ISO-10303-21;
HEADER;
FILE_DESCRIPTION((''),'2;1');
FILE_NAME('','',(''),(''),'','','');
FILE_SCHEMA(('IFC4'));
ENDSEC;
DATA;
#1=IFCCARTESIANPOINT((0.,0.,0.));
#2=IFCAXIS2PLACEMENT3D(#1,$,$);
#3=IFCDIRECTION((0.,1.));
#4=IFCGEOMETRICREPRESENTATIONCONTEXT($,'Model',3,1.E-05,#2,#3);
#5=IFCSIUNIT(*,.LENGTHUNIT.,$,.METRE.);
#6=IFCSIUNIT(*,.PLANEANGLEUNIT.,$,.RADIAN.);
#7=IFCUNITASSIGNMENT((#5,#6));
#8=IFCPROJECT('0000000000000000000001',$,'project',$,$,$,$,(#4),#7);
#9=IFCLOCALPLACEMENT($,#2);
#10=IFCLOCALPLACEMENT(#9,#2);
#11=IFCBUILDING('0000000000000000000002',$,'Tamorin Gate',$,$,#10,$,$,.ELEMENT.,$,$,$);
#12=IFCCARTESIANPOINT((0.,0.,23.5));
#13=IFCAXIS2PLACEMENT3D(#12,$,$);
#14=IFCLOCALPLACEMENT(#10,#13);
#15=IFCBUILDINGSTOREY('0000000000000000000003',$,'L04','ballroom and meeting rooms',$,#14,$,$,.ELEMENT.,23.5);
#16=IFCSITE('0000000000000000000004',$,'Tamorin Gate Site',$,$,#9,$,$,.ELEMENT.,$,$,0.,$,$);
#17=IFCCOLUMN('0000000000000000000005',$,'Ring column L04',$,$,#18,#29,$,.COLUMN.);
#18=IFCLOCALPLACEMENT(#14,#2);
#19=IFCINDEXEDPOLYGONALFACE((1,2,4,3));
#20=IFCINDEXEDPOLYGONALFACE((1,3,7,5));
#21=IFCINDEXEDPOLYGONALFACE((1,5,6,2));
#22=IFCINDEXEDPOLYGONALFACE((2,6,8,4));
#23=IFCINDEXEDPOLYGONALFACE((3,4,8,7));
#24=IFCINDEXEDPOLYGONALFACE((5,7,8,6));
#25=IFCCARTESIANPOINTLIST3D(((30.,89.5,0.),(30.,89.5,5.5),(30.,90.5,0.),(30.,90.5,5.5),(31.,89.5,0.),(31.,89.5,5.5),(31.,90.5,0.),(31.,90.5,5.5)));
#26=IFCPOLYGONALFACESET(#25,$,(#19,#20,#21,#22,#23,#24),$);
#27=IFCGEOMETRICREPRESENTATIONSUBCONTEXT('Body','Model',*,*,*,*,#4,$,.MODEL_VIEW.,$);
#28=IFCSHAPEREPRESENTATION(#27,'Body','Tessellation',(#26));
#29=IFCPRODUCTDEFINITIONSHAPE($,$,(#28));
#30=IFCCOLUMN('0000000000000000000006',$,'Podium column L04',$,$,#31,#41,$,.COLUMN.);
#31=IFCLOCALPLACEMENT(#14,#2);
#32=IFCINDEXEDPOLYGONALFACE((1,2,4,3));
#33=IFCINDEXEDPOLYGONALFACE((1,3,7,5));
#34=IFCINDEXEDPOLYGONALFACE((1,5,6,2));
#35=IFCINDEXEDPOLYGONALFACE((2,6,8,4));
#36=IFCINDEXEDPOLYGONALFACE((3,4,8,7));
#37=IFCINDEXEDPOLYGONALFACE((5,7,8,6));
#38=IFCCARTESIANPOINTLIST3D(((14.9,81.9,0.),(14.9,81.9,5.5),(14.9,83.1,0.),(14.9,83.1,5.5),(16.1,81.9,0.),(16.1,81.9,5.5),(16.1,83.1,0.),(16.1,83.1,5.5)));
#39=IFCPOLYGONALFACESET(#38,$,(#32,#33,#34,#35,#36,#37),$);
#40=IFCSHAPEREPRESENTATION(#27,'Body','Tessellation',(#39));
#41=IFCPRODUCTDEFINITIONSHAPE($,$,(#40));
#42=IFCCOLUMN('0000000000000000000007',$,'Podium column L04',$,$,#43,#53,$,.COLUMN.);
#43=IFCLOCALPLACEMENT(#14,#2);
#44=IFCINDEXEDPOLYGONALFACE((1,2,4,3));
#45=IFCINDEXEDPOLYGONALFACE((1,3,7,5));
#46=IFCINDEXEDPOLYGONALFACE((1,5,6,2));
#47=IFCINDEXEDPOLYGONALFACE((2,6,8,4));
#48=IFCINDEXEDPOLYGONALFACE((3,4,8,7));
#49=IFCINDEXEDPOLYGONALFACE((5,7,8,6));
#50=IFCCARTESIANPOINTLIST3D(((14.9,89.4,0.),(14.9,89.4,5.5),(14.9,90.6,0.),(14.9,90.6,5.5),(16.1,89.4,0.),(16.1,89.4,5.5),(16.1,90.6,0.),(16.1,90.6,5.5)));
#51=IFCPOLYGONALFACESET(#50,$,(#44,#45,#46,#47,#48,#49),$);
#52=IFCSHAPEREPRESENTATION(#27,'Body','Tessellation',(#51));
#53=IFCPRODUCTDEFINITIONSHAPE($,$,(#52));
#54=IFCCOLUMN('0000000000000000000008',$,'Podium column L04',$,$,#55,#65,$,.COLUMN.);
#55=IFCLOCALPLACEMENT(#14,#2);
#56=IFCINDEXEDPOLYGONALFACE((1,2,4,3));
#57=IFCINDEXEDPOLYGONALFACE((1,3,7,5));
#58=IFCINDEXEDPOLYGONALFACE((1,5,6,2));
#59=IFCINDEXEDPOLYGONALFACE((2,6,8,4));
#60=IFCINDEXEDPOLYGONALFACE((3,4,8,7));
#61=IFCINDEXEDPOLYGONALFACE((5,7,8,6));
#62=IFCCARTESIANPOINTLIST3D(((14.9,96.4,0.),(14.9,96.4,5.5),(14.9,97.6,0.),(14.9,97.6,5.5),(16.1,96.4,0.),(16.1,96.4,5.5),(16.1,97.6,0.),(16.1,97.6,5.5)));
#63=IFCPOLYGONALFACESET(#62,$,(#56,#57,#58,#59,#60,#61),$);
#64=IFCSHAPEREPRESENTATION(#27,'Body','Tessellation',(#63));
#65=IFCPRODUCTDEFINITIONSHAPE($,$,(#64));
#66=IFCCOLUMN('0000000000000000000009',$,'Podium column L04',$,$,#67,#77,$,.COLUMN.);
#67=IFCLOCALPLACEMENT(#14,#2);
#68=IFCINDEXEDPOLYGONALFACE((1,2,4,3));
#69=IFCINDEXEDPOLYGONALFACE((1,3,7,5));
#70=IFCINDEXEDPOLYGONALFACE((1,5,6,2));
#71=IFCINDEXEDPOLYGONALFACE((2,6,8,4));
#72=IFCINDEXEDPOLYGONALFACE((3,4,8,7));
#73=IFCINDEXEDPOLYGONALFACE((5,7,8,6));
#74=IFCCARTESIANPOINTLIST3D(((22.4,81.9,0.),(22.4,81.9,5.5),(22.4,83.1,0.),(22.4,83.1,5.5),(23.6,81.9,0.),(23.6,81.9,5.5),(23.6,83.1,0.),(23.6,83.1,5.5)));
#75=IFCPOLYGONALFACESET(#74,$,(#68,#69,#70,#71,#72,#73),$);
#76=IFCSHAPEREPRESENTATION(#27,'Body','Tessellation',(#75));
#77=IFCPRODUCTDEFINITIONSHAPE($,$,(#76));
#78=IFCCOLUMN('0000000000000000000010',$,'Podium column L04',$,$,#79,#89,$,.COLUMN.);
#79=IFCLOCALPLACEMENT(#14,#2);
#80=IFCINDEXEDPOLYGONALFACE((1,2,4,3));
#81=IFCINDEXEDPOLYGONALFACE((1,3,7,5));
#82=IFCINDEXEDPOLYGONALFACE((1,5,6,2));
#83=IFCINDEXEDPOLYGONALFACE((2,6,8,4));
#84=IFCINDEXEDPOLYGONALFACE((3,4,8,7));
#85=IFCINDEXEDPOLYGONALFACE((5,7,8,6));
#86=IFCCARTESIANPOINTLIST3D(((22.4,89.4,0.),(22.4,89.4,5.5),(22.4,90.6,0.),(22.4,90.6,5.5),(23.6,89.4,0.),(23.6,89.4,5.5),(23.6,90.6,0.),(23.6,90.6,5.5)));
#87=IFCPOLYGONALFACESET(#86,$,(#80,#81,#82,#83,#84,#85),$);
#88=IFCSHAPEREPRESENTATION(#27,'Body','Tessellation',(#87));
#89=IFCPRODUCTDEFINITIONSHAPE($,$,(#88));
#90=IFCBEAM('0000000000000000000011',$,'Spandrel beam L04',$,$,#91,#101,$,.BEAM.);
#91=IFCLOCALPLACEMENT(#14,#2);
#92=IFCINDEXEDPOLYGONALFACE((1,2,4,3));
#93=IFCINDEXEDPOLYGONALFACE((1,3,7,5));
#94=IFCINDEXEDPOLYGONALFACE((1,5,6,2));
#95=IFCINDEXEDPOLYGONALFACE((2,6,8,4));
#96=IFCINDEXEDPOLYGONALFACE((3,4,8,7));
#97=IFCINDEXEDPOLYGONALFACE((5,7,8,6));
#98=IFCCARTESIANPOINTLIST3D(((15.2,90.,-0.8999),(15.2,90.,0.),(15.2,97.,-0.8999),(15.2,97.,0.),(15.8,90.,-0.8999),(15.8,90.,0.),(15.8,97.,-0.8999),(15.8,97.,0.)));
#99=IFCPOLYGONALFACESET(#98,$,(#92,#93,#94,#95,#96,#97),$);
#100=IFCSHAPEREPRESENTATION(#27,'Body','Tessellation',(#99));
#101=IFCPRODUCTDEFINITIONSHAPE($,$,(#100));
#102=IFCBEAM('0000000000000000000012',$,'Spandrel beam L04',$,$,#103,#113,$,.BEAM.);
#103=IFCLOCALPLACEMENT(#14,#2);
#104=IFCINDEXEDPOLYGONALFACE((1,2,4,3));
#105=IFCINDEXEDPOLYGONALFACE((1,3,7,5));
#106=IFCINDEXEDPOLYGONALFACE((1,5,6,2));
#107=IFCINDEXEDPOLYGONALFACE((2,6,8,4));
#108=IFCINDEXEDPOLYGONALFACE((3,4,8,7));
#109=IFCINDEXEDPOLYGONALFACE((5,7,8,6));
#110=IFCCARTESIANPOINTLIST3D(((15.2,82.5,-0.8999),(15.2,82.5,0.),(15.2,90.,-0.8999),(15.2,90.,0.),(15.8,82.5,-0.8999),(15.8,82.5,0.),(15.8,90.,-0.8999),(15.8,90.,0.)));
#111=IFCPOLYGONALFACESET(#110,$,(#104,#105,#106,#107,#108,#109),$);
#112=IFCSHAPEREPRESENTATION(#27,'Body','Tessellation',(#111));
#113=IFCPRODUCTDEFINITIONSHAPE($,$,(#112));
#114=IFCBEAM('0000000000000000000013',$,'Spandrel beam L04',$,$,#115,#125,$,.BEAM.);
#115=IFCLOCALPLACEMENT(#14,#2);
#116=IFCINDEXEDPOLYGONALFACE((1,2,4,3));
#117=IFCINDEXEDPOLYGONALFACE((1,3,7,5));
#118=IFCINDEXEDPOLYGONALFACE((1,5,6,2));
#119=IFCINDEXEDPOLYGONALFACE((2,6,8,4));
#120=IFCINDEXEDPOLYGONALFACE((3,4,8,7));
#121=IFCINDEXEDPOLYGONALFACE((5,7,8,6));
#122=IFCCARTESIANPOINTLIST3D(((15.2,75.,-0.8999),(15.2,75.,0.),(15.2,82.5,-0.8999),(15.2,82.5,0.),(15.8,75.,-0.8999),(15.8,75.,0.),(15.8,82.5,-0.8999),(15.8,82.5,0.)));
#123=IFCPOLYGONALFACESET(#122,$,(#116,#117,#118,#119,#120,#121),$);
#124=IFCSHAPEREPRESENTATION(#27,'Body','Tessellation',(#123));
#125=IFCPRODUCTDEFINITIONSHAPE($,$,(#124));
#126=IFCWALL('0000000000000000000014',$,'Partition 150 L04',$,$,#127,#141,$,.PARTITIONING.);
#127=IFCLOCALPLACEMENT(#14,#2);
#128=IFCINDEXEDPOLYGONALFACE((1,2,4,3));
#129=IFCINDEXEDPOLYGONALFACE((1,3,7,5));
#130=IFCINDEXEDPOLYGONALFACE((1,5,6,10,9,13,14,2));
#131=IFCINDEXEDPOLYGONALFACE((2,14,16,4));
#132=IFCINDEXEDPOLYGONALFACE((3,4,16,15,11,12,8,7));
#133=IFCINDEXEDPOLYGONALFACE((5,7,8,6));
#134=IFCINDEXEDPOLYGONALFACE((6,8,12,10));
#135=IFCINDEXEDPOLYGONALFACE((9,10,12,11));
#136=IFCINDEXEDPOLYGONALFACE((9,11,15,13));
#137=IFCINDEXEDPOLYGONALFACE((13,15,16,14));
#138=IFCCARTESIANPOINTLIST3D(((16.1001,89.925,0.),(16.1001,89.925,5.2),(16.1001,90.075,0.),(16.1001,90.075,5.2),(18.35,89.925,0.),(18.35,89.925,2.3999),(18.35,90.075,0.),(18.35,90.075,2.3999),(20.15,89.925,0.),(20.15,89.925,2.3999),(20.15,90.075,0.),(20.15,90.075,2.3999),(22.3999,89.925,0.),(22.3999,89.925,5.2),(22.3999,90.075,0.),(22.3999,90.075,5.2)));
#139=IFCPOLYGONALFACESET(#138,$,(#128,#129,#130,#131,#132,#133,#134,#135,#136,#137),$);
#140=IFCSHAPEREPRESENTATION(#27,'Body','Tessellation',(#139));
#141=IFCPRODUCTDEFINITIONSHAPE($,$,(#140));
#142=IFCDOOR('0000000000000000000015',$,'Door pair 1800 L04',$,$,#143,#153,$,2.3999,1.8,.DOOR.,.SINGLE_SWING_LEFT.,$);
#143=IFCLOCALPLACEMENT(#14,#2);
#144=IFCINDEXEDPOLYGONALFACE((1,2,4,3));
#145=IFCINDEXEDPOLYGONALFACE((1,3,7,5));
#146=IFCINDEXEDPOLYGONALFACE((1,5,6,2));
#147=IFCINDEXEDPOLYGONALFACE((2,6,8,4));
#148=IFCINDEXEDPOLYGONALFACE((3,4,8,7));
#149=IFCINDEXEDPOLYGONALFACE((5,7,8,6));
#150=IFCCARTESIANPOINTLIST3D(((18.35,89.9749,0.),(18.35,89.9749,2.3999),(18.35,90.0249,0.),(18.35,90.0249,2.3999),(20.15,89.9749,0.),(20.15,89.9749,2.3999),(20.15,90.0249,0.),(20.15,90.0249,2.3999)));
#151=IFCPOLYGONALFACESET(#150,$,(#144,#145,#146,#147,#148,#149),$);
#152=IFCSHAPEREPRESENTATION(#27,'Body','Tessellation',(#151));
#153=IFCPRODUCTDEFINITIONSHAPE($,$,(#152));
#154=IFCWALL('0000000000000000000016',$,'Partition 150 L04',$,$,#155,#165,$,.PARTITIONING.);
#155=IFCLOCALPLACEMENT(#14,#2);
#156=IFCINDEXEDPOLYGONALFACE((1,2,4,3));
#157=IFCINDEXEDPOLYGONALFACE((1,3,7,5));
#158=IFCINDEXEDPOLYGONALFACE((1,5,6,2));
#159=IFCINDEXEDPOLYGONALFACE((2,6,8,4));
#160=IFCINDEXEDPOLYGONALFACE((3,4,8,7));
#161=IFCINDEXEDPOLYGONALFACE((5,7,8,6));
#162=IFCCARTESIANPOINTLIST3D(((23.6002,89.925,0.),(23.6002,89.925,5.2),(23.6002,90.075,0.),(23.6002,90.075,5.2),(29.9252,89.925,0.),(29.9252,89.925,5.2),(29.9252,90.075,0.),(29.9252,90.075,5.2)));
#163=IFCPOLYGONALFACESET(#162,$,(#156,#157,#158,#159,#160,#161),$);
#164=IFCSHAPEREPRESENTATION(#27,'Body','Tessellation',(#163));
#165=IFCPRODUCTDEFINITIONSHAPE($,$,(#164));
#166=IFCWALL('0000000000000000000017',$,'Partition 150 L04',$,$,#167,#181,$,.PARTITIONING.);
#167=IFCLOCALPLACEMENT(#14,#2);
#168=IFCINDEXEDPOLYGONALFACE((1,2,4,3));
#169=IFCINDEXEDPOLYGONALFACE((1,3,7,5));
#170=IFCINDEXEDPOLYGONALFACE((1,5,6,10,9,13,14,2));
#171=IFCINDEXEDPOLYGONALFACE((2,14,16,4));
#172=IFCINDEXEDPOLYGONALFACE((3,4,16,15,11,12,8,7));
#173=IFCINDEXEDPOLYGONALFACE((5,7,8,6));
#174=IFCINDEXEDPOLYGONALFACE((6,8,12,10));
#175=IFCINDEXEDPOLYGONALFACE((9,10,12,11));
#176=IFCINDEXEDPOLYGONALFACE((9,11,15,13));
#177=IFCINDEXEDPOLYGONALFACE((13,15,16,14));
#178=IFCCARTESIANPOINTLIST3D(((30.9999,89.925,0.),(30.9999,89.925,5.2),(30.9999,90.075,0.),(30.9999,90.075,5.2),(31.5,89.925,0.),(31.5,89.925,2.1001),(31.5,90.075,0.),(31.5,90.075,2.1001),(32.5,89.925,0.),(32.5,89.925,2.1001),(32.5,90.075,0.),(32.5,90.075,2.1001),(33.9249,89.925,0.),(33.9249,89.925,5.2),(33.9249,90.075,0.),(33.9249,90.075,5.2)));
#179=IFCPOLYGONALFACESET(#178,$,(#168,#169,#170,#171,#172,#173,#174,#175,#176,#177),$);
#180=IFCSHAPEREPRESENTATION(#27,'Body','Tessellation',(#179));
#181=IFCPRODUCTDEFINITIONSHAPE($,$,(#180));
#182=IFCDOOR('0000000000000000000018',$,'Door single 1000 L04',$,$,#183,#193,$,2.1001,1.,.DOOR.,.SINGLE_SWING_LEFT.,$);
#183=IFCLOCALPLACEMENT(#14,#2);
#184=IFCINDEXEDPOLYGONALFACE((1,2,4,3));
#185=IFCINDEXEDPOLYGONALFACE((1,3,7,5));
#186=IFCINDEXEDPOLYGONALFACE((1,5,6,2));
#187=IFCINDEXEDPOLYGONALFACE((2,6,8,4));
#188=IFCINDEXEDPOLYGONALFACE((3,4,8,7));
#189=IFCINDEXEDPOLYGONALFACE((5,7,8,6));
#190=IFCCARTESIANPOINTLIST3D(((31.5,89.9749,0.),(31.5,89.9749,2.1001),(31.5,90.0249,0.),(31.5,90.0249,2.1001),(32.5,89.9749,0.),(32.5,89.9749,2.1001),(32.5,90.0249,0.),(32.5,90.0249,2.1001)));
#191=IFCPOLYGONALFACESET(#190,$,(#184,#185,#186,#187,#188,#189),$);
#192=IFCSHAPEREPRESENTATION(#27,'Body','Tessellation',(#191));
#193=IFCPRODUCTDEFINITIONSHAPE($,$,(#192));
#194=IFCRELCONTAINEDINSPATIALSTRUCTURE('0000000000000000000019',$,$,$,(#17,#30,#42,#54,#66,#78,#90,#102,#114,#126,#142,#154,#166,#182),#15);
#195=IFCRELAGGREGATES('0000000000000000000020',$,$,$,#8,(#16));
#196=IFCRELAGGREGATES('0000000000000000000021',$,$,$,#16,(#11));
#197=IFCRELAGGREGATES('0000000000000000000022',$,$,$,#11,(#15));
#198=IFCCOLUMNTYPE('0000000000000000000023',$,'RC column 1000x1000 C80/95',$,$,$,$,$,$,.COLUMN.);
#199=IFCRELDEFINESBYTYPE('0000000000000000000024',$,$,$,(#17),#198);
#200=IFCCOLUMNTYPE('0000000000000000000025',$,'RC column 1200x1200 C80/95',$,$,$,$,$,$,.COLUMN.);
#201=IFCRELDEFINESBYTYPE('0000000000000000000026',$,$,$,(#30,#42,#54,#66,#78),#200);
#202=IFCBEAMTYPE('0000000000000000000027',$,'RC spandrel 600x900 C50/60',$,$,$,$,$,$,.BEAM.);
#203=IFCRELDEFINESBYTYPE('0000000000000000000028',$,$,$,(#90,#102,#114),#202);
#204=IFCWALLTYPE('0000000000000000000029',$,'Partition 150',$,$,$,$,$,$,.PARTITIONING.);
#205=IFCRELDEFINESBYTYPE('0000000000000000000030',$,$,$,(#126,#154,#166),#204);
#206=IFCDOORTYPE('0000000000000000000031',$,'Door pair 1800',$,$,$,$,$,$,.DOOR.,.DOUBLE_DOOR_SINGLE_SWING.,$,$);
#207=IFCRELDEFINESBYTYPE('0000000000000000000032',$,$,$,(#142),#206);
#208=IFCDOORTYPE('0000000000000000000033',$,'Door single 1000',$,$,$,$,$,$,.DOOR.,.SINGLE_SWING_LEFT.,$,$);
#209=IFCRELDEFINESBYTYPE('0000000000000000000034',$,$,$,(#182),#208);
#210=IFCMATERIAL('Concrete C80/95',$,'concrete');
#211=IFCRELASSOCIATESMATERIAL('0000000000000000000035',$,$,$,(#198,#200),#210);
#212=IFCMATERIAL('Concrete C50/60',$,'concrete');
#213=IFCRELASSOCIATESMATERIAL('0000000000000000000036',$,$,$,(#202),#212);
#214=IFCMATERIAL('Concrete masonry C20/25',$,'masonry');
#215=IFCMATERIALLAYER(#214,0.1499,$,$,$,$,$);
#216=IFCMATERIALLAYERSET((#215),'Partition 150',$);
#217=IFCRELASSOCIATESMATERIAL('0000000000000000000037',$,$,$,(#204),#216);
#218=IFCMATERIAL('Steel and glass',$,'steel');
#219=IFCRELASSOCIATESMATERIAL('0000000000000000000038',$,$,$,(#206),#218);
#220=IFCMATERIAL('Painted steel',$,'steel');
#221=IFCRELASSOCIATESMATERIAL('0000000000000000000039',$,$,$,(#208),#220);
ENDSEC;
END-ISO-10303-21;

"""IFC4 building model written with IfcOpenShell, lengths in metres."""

from ifc_helpers import new_model, si_unit, direction, frame, frame_2d, origin, origin_2d, place, context, subcontext, project, spatial, rectangle, extrude, material, layer, layer_set, material_profile, profile_set, type_object, element, fill, save


model = new_model("IFC4")

# Units and contexts
model_context = context("Model", 3, precision=1e-05, world=origin(), true_north=direction((0.0, 1.0)))
body_context = subcontext(model_context, "Body", "Model", "MODEL_VIEW")
ifc_project = project(units=[si_unit("LENGTHUNIT", "METRE"), si_unit("PLANEANGLEUNIT", "RADIAN")], contexts=[model_context])

# Site, building, storey
site_placement = place(None, origin())
site = spatial("IfcSite", under=ifc_project, at=site_placement, Name="Tamorin Gate Site", CompositionType="ELEMENT", RefElevation=0.0)
building_placement = place(site_placement, origin())
building = spatial("IfcBuilding", under=site, at=building_placement, Name="Tamorin Gate", CompositionType="ELEMENT")
storey_placement = place(building_placement, frame((0.0, 0.0, 23.5)))
storey = spatial("IfcBuildingStorey", under=building, at=storey_placement, Name="L04", Description="ballroom and meeting rooms", CompositionType="ELEMENT", Elevation=23.5)

# Columns
ifc_material_1 = material(Name="Concrete C80/95", Category="concrete")
ifc_material_profile_1 = material_profile(ifc_material_1, rectangle(XDim=1.0, YDim=1.0, at=origin_2d()), Name="RC 1000x1000")
ifc_profile_set_1 = profile_set([ifc_material_profile_1], Name="Concrete C80/95")
column_type_1 = type_object("IfcColumnType", Name="RC column 1000x1000 C80/95", PredefinedType="COLUMN", material=ifc_profile_set_1)
column_placement = place(storey_placement, frame((30.5, 90.0, 0.0), z_axis=(0.0, 0.0, 1.0), x_axis=(1.0, 0.0, 0.0)))
element("IfcColumn", 1, at=column_placement, inside=storey, type_object=column_type_1, Name="Ring column L04", PredefinedType="COLUMN", context=body_context, shape_type="SweptSolid", body=[
    extrude(rectangle(XDim=1.0, YDim=1.0, at=origin_2d()), origin(), (0.0, 0.0, 1.0), 5.5),
])
ifc_material_profile_2 = material_profile(ifc_material_1, rectangle(XDim=1.2, YDim=1.2, at=origin_2d()), Name="RC 1200x1200")
ifc_profile_set_2 = profile_set([ifc_material_profile_2], Name="Concrete C80/95")
column_type_2 = type_object("IfcColumnType", Name="RC column 1200x1200 C80/95", PredefinedType="COLUMN", material=ifc_profile_set_2)
for number, where, z_axis, x_axis, name in (
    (2, (15.5, 82.5, 0.0), (0.0, 0.0, 1.0), (1.0, 0.0, 0.0), "Podium column L04"),
    (3, (15.5, 90.0, 0.0), (0.0, 0.0, 1.0), (1.0, 0.0, 0.0), "Podium column L04"),
    (4, (15.5, 97.0, 0.0), (0.0, 0.0, 1.0), (1.0, 0.0, 0.0), "Podium column L04"),
    (5, (23.0, 82.5, 0.0), (0.0, 0.0, 1.0), (1.0, 0.0, 0.0), "Podium column L04"),
    (6, (23.0, 90.0, 0.0), (0.0, 0.0, 1.0), (1.0, 0.0, 0.0), "Podium column L04"),
):
    element("IfcColumn", number, at=place(storey_placement, frame(where, z_axis=z_axis, x_axis=x_axis)), inside=storey, type_object=column_type_2, Name=name, PredefinedType="COLUMN", context=body_context, shape_type="SweptSolid", body=[
        extrude(rectangle(XDim=1.2, YDim=1.2, at=origin_2d()), origin(), (0.0, 0.0, 1.0), 5.5),
    ])

# Beams
ifc_material_2 = material(Name="Concrete C50/60", Category="concrete")
ifc_material_profile_3 = material_profile(ifc_material_2, rectangle(XDim=0.6001, YDim=0.8999, at=origin_2d()), Name="RC 600x900")
ifc_profile_set_3 = profile_set([ifc_material_profile_3], Name="Concrete C50/60")
beam_type = type_object("IfcBeamType", Name="RC spandrel 600x900 C50/60", PredefinedType="BEAM", material=ifc_profile_set_3)
beam_placement = place(storey_placement, frame((15.5, 97.0, -0.45), z_axis=(0.0, -1.0, 0.0), x_axis=(1.0, 0.0, 0.0)))
element("IfcBeam", 7, at=beam_placement, inside=storey, type_object=beam_type, Name="Spandrel beam L04", PredefinedType="BEAM", context=body_context, shape_type="SweptSolid", body=[
    extrude(rectangle(XDim=0.6001, YDim=0.8999, at=origin_2d()), origin(), (0.0, 0.0, 1.0), 7.0),
])
for number, where, z_axis, x_axis, name in (
    (8, (15.5, 90.0, -0.45), (0.0, -1.0, 0.0), (1.0, 0.0, 0.0), "Spandrel beam L04"),
    (9, (15.5, 82.5, -0.45), (0.0, -1.0, 0.0), (1.0, 0.0, 0.0), "Spandrel beam L04"),
):
    element("IfcBeam", number, at=place(storey_placement, frame(where, z_axis=z_axis, x_axis=x_axis)), inside=storey, type_object=beam_type, Name=name, PredefinedType="BEAM", context=body_context, shape_type="SweptSolid", body=[
        extrude(rectangle(XDim=0.6001, YDim=0.8999, at=origin_2d()), origin(), (0.0, 0.0, 1.0), 7.5),
    ])

# Wall, opening, door
ifc_material_3 = material(Name="Concrete masonry C20/25", Category="masonry")
ifc_layer_1 = layer(ifc_material_3, 0.1499)
ifc_layer_set_1 = layer_set([ifc_layer_1], Name="Partition 150")
wall_type_1 = type_object("IfcWallType", Name="Partition 150", PredefinedType="PARTITIONING", material=ifc_layer_set_1)
wall_1_placement = place(storey_placement, frame((16.1001, 90.0, 0.0), z_axis=(0.0, 0.0, 1.0), x_axis=(1.0, 0.0, 0.0)))
wall_1 = element("IfcWall", 10, at=wall_1_placement, inside=storey, type_object=wall_type_1, Name="Partition 150 L04", PredefinedType="PARTITIONING", context=body_context, shape_type="SweptSolid", body=[
    extrude(rectangle(XDim=6.2998, YDim=0.1499, at=frame_2d((3.1499, 0.0))), origin(), (0.0, 0.0, 1.0), 5.2),
])
opening_1_placement = place(wall_1_placement, frame((2.25, 0.0, 0.0)))
opening_1 = element("IfcOpeningElement", 11, at=opening_1_placement, cuts=wall_1, PredefinedType="OPENING", context=body_context, shape_type="SweptSolid", body=[
    extrude(rectangle(XDim=1.8, YDim=2.3999, at=frame_2d((0.8999, 1.2))), frame((0.0, 0.085, 0.0), z_axis=(0.0, -1.0, 0.0), x_axis=(1.0, 0.0, 0.0)), (0.0, 0.0, 1.0), 0.1699),
])
ifc_material_4 = material(Name="Steel and glass", Category="steel")
door_type_1 = type_object("IfcDoorType", Name="Door pair 1800", OperationType="DOUBLE_DOOR_SINGLE_SWING", PredefinedType="DOOR", material=ifc_material_4)
door_1_placement = place(opening_1_placement, origin())
door_1 = element("IfcDoor", 12, at=door_1_placement, inside=storey, type_object=door_type_1, Name="Door pair 1800 L04", OperationType="SINGLE_SWING_LEFT", OverallHeight=2.3999, OverallWidth=1.8, PredefinedType="DOOR", context=body_context, shape_type="SweptSolid", body=[
    extrude(rectangle(XDim=1.8, YDim=2.3999, at=frame_2d((0.8999, 1.2))), frame((0.0, 0.0249, 0.0), z_axis=(0.0, -1.0, 0.0), x_axis=(1.0, 0.0, 0.0)), (0.0, 0.0, 1.0), 0.05),
])
fill(opening_1, door_1)

# Wall
wall_2_placement = place(storey_placement, frame((23.6001, 90.0, 0.0), z_axis=(0.0, 0.0, 1.0), x_axis=(1.0, 0.0, 0.0)))
element("IfcWall", 13, at=wall_2_placement, inside=storey, type_object=wall_type_1, Name="Partition 150 L04", PredefinedType="PARTITIONING", context=body_context, shape_type="SweptSolid", body=[
    extrude(rectangle(XDim=6.325, YDim=0.1499, at=frame_2d((3.1626, 0.0))), origin(), (0.0, 0.0, 1.0), 5.2),
])

# Wall, opening, door
wall_3_placement = place(storey_placement, frame((31.0, 90.0, 0.0), z_axis=(0.0, 0.0, 1.0), x_axis=(1.0, 0.0, 0.0)))
wall_3 = element("IfcWall", 14, at=wall_3_placement, inside=storey, type_object=wall_type_1, Name="Partition 150 L04", PredefinedType="PARTITIONING", context=body_context, shape_type="SweptSolid", body=[
    extrude(rectangle(XDim=2.925, YDim=0.1499, at=frame_2d((1.4624, 0.0))), origin(), (0.0, 0.0, 1.0), 5.2),
])
opening_2_placement = place(wall_3_placement, frame((0.5, 0.0, 0.0)))
opening_2 = element("IfcOpeningElement", 15, at=opening_2_placement, cuts=wall_3, PredefinedType="OPENING", context=body_context, shape_type="SweptSolid", body=[
    extrude(rectangle(XDim=1.0, YDim=2.1001, at=frame_2d((0.5, 1.05))), frame((0.0, 0.085, 0.0), z_axis=(0.0, -1.0, 0.0), x_axis=(1.0, 0.0, 0.0)), (0.0, 0.0, 1.0), 0.1699),
])
ifc_material_5 = material(Name="Painted steel", Category="steel")
door_type_2 = type_object("IfcDoorType", Name="Door single 1000", OperationType="SINGLE_SWING_LEFT", PredefinedType="DOOR", material=ifc_material_5)
door_2_placement = place(opening_2_placement, origin())
door_2 = element("IfcDoor", 16, at=door_2_placement, inside=storey, type_object=door_type_2, Name="Door single 1000 L04", OperationType="SINGLE_SWING_LEFT", OverallHeight=2.1001, OverallWidth=1.0, PredefinedType="DOOR", context=body_context, shape_type="SweptSolid", body=[
    extrude(rectangle(XDim=1.0, YDim=2.1001, at=frame_2d((0.5, 1.05))), frame((0.0, 0.0249, 0.0), z_axis=(0.0, -1.0, 0.0), x_axis=(1.0, 0.0, 0.0)), (0.0, 0.0, 1.0), 0.05),
])
fill(opening_2, door_2)

save(model, "model.ifc")
